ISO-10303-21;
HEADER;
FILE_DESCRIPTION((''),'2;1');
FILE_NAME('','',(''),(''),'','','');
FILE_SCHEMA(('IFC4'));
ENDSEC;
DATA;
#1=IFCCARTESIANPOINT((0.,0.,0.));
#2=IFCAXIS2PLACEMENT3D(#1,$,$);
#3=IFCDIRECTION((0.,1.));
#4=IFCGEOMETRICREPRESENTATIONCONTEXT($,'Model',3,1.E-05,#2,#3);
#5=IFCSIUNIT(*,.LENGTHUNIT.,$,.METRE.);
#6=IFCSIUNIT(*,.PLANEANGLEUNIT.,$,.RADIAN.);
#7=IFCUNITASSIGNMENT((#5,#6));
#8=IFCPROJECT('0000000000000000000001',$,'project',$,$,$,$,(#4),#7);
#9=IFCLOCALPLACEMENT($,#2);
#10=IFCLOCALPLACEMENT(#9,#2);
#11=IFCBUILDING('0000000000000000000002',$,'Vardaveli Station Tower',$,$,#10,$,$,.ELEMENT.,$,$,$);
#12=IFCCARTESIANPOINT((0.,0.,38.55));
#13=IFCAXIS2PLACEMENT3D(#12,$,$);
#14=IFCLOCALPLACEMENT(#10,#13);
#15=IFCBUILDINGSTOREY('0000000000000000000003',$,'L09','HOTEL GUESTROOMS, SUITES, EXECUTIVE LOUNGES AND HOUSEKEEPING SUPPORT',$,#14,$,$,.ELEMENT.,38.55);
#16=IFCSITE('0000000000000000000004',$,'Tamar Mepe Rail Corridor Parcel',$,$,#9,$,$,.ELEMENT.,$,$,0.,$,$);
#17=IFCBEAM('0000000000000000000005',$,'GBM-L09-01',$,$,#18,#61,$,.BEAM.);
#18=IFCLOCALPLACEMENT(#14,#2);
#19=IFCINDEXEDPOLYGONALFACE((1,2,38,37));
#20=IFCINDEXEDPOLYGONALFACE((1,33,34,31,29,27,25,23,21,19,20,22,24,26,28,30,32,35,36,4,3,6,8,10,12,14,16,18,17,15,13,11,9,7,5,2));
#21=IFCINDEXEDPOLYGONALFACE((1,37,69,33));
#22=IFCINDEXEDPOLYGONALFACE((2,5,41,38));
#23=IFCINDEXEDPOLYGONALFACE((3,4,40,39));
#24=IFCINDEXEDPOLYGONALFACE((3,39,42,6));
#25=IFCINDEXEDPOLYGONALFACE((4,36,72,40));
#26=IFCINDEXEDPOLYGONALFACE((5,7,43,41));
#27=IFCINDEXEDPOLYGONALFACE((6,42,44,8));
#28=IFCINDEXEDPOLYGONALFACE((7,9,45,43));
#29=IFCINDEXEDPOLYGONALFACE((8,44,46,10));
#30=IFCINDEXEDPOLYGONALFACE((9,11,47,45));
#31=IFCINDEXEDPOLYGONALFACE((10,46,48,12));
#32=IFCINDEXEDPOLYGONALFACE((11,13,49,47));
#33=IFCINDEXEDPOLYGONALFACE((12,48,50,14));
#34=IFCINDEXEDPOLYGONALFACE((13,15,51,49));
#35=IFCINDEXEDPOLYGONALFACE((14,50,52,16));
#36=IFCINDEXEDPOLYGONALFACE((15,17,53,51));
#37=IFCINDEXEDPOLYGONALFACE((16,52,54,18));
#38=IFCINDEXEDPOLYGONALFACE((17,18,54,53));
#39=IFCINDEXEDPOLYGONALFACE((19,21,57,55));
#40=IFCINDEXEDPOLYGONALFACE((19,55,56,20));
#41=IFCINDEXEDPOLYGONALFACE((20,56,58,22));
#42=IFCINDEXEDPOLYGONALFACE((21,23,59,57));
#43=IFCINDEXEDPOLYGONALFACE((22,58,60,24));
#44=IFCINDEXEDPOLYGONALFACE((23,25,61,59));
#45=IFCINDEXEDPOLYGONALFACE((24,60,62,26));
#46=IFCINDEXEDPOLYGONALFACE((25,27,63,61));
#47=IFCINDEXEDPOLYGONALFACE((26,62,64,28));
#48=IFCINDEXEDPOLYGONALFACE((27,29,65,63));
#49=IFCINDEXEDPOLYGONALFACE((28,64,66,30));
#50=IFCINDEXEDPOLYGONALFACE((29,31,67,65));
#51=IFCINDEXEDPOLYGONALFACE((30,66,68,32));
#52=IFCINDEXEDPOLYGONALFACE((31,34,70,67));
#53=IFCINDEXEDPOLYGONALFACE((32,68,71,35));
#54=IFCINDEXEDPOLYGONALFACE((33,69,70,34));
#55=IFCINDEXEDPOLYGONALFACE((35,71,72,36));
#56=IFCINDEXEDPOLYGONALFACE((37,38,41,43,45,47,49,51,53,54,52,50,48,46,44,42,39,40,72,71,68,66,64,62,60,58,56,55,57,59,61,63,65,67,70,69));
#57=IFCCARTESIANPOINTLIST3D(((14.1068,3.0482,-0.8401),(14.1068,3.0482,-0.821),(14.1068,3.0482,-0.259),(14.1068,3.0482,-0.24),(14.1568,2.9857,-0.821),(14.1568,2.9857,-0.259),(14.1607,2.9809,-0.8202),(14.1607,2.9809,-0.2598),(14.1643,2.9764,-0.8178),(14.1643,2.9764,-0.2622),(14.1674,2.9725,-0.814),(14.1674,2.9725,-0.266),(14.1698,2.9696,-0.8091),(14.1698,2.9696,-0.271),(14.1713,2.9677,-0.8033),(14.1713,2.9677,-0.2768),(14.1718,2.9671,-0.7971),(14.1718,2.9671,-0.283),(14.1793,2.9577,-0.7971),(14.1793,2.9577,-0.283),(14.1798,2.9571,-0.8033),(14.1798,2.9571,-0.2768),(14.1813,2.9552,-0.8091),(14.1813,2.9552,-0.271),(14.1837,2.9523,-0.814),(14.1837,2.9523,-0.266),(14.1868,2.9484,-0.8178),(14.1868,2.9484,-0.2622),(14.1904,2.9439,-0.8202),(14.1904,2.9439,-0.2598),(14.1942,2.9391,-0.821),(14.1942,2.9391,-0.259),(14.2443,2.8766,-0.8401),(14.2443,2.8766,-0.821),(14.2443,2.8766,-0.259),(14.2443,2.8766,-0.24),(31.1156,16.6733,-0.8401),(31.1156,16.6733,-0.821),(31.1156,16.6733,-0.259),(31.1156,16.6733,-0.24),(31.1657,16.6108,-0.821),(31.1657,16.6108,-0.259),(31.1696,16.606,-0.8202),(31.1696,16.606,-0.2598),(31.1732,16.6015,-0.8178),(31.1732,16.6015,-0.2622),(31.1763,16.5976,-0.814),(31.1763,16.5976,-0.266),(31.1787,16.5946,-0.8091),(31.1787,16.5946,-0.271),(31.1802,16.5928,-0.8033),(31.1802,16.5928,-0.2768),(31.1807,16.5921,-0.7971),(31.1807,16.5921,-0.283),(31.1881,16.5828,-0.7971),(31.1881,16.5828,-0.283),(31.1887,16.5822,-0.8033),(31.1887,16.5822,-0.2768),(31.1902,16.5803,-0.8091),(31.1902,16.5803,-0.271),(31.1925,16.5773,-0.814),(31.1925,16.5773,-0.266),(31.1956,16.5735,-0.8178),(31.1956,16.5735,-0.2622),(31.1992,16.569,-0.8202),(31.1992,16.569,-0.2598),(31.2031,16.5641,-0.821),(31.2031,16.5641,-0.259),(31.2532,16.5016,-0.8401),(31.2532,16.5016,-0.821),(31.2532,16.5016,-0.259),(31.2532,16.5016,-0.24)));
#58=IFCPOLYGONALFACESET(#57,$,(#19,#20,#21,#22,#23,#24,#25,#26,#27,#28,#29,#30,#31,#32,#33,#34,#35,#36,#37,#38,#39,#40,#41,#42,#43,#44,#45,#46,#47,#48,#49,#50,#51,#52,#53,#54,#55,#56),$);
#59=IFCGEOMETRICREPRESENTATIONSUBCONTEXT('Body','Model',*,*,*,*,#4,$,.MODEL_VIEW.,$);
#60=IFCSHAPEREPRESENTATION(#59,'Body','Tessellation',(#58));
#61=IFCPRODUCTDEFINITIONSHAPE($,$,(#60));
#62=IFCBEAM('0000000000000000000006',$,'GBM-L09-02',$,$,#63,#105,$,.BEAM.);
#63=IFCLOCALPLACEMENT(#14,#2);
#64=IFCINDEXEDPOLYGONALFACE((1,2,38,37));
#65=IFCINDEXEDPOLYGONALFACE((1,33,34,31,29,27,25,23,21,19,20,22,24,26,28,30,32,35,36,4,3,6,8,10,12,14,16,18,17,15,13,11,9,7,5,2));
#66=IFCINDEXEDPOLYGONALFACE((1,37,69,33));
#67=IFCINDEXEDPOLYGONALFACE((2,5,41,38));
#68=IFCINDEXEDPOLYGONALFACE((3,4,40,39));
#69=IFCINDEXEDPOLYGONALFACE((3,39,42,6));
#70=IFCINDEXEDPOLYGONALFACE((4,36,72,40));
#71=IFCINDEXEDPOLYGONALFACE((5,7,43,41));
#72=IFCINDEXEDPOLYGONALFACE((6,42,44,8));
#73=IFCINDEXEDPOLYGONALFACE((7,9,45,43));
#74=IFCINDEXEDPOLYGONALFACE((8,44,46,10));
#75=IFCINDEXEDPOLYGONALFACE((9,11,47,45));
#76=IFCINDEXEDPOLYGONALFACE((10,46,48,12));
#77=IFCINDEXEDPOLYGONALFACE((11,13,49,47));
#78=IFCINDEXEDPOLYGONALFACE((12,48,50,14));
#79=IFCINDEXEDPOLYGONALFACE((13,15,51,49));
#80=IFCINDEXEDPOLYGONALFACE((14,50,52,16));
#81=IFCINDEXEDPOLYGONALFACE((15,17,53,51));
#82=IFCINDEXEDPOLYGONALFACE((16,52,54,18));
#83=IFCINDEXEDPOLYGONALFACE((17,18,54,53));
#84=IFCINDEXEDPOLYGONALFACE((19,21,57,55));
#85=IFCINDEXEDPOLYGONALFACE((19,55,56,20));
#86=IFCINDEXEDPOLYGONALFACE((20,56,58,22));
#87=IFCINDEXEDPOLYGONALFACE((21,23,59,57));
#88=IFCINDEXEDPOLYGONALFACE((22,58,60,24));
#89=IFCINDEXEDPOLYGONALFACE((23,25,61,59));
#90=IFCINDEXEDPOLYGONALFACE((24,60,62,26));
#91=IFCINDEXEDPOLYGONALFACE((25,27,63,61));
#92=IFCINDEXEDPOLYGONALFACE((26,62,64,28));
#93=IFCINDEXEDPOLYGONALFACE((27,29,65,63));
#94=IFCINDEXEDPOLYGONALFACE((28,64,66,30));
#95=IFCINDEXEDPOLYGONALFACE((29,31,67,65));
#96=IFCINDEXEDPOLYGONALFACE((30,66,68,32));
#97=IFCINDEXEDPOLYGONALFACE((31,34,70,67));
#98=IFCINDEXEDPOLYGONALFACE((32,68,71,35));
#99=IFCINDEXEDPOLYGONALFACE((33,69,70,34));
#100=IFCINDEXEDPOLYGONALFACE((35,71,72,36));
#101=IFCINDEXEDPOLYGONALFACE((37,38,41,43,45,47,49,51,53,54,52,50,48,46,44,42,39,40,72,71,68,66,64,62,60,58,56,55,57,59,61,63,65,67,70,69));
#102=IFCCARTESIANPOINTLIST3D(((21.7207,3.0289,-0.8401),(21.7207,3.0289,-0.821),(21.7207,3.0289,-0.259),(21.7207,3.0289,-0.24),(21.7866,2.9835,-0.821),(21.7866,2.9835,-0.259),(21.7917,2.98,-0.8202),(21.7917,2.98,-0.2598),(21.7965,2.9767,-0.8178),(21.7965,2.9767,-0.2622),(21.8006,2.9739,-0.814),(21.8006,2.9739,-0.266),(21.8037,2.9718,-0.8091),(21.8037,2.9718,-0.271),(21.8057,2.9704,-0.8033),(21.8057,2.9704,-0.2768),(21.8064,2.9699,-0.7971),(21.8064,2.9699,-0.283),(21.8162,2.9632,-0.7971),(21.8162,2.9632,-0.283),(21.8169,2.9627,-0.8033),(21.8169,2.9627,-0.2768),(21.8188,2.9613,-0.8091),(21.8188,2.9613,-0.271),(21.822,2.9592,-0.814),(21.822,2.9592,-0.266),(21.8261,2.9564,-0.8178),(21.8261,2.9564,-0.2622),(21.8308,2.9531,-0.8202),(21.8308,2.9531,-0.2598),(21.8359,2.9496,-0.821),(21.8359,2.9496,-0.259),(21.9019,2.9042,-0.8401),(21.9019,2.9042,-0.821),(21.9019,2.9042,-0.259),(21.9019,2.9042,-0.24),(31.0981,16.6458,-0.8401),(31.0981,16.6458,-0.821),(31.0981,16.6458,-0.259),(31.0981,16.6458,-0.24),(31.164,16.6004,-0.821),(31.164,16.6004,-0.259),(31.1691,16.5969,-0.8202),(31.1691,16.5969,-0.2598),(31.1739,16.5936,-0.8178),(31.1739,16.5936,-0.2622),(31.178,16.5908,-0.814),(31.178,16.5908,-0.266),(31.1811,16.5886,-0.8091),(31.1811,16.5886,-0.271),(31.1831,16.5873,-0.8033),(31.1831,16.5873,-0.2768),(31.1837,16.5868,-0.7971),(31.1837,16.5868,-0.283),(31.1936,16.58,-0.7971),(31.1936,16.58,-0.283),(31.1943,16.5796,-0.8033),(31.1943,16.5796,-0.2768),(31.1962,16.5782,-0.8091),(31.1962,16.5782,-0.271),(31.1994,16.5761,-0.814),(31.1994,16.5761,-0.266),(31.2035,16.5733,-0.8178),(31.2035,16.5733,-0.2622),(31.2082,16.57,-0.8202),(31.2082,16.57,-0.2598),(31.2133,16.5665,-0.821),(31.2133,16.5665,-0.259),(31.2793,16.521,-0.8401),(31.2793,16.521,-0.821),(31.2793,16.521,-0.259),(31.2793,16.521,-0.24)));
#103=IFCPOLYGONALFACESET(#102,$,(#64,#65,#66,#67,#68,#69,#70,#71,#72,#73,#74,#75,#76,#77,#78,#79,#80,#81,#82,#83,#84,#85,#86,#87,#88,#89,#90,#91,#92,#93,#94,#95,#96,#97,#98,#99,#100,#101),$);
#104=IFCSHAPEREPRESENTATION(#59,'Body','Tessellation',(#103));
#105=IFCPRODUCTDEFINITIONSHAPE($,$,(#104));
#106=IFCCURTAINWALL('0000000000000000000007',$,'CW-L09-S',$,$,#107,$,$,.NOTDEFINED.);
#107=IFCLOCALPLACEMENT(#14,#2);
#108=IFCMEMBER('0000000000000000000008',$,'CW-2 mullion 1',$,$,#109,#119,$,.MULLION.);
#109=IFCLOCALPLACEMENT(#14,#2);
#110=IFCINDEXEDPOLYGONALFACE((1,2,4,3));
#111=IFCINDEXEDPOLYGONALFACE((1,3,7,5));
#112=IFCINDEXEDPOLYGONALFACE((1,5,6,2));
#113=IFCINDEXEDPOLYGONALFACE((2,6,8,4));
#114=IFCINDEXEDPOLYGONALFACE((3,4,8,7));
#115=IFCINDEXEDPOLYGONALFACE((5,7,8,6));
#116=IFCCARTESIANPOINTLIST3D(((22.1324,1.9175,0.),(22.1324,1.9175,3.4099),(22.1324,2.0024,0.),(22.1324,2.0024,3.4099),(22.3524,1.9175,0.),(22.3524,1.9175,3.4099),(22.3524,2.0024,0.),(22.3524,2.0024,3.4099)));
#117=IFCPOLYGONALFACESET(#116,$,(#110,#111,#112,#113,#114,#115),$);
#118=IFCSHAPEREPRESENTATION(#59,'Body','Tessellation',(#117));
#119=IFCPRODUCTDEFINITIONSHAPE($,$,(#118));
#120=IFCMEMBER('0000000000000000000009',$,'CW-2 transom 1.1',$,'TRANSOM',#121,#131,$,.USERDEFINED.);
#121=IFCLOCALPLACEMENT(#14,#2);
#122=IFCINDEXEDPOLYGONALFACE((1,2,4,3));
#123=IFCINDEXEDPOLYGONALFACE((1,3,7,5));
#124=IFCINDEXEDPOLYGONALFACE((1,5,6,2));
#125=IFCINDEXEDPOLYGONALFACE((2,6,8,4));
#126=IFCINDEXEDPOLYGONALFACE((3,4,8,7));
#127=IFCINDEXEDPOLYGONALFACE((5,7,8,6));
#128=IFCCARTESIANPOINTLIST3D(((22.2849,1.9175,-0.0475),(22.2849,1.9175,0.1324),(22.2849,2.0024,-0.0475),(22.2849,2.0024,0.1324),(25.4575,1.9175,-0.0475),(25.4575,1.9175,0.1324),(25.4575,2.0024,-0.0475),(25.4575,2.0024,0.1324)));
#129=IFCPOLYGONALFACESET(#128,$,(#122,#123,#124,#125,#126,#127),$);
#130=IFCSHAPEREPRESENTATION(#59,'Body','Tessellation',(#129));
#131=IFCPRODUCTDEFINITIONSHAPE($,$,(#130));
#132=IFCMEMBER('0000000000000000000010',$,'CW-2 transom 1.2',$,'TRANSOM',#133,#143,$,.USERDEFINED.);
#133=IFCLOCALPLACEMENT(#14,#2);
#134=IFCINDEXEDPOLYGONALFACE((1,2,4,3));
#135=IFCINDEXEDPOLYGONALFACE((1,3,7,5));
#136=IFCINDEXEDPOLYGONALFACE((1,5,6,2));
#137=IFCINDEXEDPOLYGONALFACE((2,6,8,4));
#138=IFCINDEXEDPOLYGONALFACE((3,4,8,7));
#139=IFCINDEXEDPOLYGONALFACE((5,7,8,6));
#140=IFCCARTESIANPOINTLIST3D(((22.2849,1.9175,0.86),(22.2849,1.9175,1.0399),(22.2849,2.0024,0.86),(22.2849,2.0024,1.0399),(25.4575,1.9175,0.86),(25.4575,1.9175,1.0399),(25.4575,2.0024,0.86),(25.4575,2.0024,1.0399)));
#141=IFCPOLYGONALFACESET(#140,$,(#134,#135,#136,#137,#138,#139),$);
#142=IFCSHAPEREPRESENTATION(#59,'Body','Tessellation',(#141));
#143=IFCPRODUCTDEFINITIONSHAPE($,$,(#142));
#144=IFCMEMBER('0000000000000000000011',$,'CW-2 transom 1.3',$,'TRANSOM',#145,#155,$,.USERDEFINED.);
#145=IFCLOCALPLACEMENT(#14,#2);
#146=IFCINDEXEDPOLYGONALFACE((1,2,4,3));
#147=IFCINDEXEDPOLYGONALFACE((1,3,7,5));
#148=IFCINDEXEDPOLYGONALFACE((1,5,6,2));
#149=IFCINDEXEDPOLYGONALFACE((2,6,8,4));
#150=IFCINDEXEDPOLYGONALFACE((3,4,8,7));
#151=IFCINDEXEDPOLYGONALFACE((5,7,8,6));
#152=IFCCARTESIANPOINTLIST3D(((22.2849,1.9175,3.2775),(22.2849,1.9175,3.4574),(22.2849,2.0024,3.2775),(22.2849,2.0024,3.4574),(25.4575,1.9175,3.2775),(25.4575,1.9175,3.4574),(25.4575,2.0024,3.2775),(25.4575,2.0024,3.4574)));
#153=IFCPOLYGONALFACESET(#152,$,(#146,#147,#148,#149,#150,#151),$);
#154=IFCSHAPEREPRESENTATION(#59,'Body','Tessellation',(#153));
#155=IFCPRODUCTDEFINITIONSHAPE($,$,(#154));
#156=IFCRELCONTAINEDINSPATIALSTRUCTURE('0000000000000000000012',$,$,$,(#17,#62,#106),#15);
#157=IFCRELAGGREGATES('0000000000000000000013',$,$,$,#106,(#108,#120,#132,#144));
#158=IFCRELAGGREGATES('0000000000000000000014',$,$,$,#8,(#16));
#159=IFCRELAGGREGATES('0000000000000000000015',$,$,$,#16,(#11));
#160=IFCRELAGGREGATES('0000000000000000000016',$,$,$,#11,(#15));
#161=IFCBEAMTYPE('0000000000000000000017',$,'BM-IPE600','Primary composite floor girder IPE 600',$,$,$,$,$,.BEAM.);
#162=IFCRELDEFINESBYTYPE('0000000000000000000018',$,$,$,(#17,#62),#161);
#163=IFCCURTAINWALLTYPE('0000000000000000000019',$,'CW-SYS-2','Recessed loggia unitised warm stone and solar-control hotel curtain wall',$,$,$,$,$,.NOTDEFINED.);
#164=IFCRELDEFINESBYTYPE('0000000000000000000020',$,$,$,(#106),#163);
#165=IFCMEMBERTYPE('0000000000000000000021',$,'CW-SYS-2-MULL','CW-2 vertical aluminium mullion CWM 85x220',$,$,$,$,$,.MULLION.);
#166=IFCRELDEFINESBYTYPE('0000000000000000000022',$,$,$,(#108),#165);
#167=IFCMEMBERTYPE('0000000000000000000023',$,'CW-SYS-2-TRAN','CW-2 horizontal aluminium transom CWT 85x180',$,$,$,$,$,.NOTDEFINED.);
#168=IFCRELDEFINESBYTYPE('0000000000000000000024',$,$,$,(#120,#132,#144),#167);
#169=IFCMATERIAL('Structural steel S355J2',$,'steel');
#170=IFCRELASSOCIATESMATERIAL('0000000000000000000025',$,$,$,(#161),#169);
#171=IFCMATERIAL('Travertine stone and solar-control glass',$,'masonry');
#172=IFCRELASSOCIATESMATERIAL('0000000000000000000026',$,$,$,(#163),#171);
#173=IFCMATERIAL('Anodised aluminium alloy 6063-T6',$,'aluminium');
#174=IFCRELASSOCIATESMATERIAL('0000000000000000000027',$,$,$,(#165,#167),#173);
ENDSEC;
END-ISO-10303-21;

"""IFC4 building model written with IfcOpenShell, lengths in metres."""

from ifc_helpers import new_model, si_unit, direction, frame, origin, origin_2d, place, context, subcontext, project, spatial, rectangle, i_section, extrude, source, transform, mapped, material, material_profile, profile_set, type_object, element, aggregate, save


model = new_model("IFC4")

# Units and contexts
model_context = context("Model", 3, precision=1e-05, world=origin(), true_north=direction((0.0, 1.0)))
body_context = subcontext(model_context, "Body", "Model", "MODEL_VIEW")
ifc_project = project(units=[si_unit("LENGTHUNIT", "METRE"), si_unit("PLANEANGLEUNIT", "RADIAN")], contexts=[model_context])

# Site, building, storey
site_placement = place(None, origin())
site = spatial("IfcSite", under=ifc_project, at=site_placement, Name="Tamar Mepe Rail Corridor Parcel", CompositionType="ELEMENT", RefElevation=0.0)
building_placement = place(site_placement, origin())
building = spatial("IfcBuilding", under=site, at=building_placement, Name="Vardaveli Station Tower", CompositionType="ELEMENT")
storey_placement = place(building_placement, frame((0.0, 0.0, 38.55)))
storey = spatial("IfcBuildingStorey", under=building, at=storey_placement, Name="L09", Description="HOTEL GUESTROOMS, SUITES, EXECUTIVE LOUNGES AND HOUSEKEEPING SUPPORT", CompositionType="ELEMENT", Elevation=38.55)

# Beams
ifc_material_1 = material(Name="Structural steel S355J2", Category="steel")
ifc_material_profile_1 = material_profile(ifc_material_1, i_section(OverallWidth=0.22, OverallDepth=0.6001, WebThickness=0.012, FlangeThickness=0.019, FilletRadius=0.0239, at=origin_2d()), Name="IPE 600")
ifc_profile_set_1 = profile_set([ifc_material_profile_1], Name="Structural steel S355J2")
beam_type_1 = type_object("IfcBeamType", Name="BM-IPE600", Description="Primary composite floor girder IPE 600", PredefinedType="BEAM", material=ifc_profile_set_1)
shared_shape_1 = source(origin(), body_context, "Body", "SweptSolid", [
    extrude(i_section(OverallWidth=0.22, OverallDepth=0.6001, WebThickness=0.012, FlangeThickness=0.019, FilletRadius=0.0239, at=origin_2d()), origin(), (0.0, 0.0, 1.0), 21.7932),
])
beam_1_placement = place(storey_placement, frame((14.1755, 2.9624, -0.54), z_axis=(0.780466, 0.625198, 0.0), x_axis=(-0.625198, 0.780466, 0.0)))
element("IfcBeam", 1, at=beam_1_placement, inside=storey, type_object=beam_type_1, Name="GBM-L09-01", PredefinedType="BEAM", context=body_context, shape_type="MappedRepresentation", body=[
    mapped(shared_shape_1, transform((0.0, 0.0, 0.0), scale=1.0)),
])
shared_shape_2 = source(origin(), body_context, "Body", "SweptSolid", [
    extrude(i_section(OverallWidth=0.22, OverallDepth=0.6001, WebThickness=0.012, FlangeThickness=0.019, FilletRadius=0.0239, at=origin_2d()), origin(), (0.0, 0.0, 1.0), 16.5334),
])
beam_2_placement = place(storey_placement, frame((21.8113, 2.9666, -0.54), z_axis=(0.567177, 0.823596, 0.0), x_axis=(-0.823596, 0.567177, 0.0)))
element("IfcBeam", 2, at=beam_2_placement, inside=storey, type_object=beam_type_1, Name="GBM-L09-02", PredefinedType="BEAM", context=body_context, shape_type="MappedRepresentation", body=[
    mapped(shared_shape_2, transform((0.0, 0.0, 0.0), scale=1.0)),
])

# Curtain wall, members
ifc_material_2 = material(Name="Travertine stone and solar-control glass", Category="masonry")
curtain_wall_type = type_object("IfcCurtainWallType", Name="CW-SYS-2", Description="Recessed loggia unitised warm stone and solar-control hotel curtain wall", PredefinedType="NOTDEFINED", material=ifc_material_2)
curtain_wall_placement = place(storey_placement, origin())
curtain_wall = element("IfcCurtainWall", 3, at=curtain_wall_placement, inside=storey, type_object=curtain_wall_type, Name="CW-L09-S", PredefinedType="NOTDEFINED")
ifc_material_3 = material(Name="Anodised aluminium alloy 6063-T6", Category="aluminium")
ifc_material_profile_2 = material_profile(ifc_material_3, rectangle(XDim=0.085, YDim=0.22, at=origin_2d()), Name="CWM 85x220")
ifc_profile_set_2 = profile_set([ifc_material_profile_2], Name="Anodised aluminium alloy 6063-T6")
member_type_1 = type_object("IfcMemberType", Name="CW-SYS-2-MULL", Description="CW-2 vertical aluminium mullion CWM 85x220", PredefinedType="MULLION", material=ifc_profile_set_2)
shared_shape_3 = source(origin(), body_context, "Body", "SweptSolid", [
    extrude(rectangle(XDim=0.085, YDim=0.22, at=origin_2d()), origin(), (0.0, 0.0, 1.0), 3.4099),
])
member_1_placement = place(storey_placement, frame((22.2424, 1.96, 0.0), z_axis=(0.0, 0.0, 1.0), x_axis=(0.0, 1.0, 0.0)))
member_1 = element("IfcMember", 4, at=member_1_placement, type_object=member_type_1, Name="CW-2 mullion 1", PredefinedType="MULLION", context=body_context, shape_type="MappedRepresentation", body=[
    mapped(shared_shape_3, transform((0.0, 0.0, 0.0), scale=1.0)),
])
ifc_material_profile_3 = material_profile(ifc_material_3, rectangle(XDim=0.085, YDim=0.1799, at=origin_2d()), Name="CWT 85x180")
ifc_profile_set_3 = profile_set([ifc_material_profile_3], Name="Anodised aluminium alloy 6063-T6")
member_type_2 = type_object("IfcMemberType", Name="CW-SYS-2-TRAN", Description="CW-2 horizontal aluminium transom CWT 85x180", PredefinedType="NOTDEFINED", material=ifc_profile_set_3)
shared_shape_4 = source(origin(), body_context, "Body", "SweptSolid", [
    extrude(rectangle(XDim=0.085, YDim=0.1799, at=origin_2d()), origin(), (0.0, 0.0, 1.0), 3.1726),
])
member_2_placement = place(storey_placement, frame((22.2849, 1.96, 0.0425), z_axis=(1.0, 0.0, 0.0), x_axis=(0.0, 1.0, 0.0)))
member_2 = element("IfcMember", 5, at=member_2_placement, type_object=member_type_2, Name="CW-2 transom 1.1", ObjectType="TRANSOM", PredefinedType="USERDEFINED", context=body_context, shape_type="MappedRepresentation", body=[
    mapped(shared_shape_4, transform((0.0, 0.0, 0.0), scale=1.0)),
])
member_3_placement = place(storey_placement, frame((22.2849, 1.96, 0.95), z_axis=(1.0, 0.0, 0.0), x_axis=(0.0, 1.0, 0.0)))
member_3 = element("IfcMember", 6, at=member_3_placement, type_object=member_type_2, Name="CW-2 transom 1.2", ObjectType="TRANSOM", PredefinedType="USERDEFINED", context=body_context, shape_type="MappedRepresentation", body=[
    mapped(shared_shape_4, transform((0.0, 0.0, 0.0), scale=1.0)),
])
member_4_placement = place(storey_placement, frame((22.2849, 1.96, 3.3674), z_axis=(1.0, 0.0, 0.0), x_axis=(0.0, 1.0, 0.0)))
member_4 = element("IfcMember", 7, at=member_4_placement, type_object=member_type_2, Name="CW-2 transom 1.3", ObjectType="TRANSOM", PredefinedType="USERDEFINED", context=body_context, shape_type="MappedRepresentation", body=[
    mapped(shared_shape_4, transform((0.0, 0.0, 0.0), scale=1.0)),
])
aggregate(curtain_wall, [member_1, member_2, member_3, member_4])

save(model, "model.ifc")
